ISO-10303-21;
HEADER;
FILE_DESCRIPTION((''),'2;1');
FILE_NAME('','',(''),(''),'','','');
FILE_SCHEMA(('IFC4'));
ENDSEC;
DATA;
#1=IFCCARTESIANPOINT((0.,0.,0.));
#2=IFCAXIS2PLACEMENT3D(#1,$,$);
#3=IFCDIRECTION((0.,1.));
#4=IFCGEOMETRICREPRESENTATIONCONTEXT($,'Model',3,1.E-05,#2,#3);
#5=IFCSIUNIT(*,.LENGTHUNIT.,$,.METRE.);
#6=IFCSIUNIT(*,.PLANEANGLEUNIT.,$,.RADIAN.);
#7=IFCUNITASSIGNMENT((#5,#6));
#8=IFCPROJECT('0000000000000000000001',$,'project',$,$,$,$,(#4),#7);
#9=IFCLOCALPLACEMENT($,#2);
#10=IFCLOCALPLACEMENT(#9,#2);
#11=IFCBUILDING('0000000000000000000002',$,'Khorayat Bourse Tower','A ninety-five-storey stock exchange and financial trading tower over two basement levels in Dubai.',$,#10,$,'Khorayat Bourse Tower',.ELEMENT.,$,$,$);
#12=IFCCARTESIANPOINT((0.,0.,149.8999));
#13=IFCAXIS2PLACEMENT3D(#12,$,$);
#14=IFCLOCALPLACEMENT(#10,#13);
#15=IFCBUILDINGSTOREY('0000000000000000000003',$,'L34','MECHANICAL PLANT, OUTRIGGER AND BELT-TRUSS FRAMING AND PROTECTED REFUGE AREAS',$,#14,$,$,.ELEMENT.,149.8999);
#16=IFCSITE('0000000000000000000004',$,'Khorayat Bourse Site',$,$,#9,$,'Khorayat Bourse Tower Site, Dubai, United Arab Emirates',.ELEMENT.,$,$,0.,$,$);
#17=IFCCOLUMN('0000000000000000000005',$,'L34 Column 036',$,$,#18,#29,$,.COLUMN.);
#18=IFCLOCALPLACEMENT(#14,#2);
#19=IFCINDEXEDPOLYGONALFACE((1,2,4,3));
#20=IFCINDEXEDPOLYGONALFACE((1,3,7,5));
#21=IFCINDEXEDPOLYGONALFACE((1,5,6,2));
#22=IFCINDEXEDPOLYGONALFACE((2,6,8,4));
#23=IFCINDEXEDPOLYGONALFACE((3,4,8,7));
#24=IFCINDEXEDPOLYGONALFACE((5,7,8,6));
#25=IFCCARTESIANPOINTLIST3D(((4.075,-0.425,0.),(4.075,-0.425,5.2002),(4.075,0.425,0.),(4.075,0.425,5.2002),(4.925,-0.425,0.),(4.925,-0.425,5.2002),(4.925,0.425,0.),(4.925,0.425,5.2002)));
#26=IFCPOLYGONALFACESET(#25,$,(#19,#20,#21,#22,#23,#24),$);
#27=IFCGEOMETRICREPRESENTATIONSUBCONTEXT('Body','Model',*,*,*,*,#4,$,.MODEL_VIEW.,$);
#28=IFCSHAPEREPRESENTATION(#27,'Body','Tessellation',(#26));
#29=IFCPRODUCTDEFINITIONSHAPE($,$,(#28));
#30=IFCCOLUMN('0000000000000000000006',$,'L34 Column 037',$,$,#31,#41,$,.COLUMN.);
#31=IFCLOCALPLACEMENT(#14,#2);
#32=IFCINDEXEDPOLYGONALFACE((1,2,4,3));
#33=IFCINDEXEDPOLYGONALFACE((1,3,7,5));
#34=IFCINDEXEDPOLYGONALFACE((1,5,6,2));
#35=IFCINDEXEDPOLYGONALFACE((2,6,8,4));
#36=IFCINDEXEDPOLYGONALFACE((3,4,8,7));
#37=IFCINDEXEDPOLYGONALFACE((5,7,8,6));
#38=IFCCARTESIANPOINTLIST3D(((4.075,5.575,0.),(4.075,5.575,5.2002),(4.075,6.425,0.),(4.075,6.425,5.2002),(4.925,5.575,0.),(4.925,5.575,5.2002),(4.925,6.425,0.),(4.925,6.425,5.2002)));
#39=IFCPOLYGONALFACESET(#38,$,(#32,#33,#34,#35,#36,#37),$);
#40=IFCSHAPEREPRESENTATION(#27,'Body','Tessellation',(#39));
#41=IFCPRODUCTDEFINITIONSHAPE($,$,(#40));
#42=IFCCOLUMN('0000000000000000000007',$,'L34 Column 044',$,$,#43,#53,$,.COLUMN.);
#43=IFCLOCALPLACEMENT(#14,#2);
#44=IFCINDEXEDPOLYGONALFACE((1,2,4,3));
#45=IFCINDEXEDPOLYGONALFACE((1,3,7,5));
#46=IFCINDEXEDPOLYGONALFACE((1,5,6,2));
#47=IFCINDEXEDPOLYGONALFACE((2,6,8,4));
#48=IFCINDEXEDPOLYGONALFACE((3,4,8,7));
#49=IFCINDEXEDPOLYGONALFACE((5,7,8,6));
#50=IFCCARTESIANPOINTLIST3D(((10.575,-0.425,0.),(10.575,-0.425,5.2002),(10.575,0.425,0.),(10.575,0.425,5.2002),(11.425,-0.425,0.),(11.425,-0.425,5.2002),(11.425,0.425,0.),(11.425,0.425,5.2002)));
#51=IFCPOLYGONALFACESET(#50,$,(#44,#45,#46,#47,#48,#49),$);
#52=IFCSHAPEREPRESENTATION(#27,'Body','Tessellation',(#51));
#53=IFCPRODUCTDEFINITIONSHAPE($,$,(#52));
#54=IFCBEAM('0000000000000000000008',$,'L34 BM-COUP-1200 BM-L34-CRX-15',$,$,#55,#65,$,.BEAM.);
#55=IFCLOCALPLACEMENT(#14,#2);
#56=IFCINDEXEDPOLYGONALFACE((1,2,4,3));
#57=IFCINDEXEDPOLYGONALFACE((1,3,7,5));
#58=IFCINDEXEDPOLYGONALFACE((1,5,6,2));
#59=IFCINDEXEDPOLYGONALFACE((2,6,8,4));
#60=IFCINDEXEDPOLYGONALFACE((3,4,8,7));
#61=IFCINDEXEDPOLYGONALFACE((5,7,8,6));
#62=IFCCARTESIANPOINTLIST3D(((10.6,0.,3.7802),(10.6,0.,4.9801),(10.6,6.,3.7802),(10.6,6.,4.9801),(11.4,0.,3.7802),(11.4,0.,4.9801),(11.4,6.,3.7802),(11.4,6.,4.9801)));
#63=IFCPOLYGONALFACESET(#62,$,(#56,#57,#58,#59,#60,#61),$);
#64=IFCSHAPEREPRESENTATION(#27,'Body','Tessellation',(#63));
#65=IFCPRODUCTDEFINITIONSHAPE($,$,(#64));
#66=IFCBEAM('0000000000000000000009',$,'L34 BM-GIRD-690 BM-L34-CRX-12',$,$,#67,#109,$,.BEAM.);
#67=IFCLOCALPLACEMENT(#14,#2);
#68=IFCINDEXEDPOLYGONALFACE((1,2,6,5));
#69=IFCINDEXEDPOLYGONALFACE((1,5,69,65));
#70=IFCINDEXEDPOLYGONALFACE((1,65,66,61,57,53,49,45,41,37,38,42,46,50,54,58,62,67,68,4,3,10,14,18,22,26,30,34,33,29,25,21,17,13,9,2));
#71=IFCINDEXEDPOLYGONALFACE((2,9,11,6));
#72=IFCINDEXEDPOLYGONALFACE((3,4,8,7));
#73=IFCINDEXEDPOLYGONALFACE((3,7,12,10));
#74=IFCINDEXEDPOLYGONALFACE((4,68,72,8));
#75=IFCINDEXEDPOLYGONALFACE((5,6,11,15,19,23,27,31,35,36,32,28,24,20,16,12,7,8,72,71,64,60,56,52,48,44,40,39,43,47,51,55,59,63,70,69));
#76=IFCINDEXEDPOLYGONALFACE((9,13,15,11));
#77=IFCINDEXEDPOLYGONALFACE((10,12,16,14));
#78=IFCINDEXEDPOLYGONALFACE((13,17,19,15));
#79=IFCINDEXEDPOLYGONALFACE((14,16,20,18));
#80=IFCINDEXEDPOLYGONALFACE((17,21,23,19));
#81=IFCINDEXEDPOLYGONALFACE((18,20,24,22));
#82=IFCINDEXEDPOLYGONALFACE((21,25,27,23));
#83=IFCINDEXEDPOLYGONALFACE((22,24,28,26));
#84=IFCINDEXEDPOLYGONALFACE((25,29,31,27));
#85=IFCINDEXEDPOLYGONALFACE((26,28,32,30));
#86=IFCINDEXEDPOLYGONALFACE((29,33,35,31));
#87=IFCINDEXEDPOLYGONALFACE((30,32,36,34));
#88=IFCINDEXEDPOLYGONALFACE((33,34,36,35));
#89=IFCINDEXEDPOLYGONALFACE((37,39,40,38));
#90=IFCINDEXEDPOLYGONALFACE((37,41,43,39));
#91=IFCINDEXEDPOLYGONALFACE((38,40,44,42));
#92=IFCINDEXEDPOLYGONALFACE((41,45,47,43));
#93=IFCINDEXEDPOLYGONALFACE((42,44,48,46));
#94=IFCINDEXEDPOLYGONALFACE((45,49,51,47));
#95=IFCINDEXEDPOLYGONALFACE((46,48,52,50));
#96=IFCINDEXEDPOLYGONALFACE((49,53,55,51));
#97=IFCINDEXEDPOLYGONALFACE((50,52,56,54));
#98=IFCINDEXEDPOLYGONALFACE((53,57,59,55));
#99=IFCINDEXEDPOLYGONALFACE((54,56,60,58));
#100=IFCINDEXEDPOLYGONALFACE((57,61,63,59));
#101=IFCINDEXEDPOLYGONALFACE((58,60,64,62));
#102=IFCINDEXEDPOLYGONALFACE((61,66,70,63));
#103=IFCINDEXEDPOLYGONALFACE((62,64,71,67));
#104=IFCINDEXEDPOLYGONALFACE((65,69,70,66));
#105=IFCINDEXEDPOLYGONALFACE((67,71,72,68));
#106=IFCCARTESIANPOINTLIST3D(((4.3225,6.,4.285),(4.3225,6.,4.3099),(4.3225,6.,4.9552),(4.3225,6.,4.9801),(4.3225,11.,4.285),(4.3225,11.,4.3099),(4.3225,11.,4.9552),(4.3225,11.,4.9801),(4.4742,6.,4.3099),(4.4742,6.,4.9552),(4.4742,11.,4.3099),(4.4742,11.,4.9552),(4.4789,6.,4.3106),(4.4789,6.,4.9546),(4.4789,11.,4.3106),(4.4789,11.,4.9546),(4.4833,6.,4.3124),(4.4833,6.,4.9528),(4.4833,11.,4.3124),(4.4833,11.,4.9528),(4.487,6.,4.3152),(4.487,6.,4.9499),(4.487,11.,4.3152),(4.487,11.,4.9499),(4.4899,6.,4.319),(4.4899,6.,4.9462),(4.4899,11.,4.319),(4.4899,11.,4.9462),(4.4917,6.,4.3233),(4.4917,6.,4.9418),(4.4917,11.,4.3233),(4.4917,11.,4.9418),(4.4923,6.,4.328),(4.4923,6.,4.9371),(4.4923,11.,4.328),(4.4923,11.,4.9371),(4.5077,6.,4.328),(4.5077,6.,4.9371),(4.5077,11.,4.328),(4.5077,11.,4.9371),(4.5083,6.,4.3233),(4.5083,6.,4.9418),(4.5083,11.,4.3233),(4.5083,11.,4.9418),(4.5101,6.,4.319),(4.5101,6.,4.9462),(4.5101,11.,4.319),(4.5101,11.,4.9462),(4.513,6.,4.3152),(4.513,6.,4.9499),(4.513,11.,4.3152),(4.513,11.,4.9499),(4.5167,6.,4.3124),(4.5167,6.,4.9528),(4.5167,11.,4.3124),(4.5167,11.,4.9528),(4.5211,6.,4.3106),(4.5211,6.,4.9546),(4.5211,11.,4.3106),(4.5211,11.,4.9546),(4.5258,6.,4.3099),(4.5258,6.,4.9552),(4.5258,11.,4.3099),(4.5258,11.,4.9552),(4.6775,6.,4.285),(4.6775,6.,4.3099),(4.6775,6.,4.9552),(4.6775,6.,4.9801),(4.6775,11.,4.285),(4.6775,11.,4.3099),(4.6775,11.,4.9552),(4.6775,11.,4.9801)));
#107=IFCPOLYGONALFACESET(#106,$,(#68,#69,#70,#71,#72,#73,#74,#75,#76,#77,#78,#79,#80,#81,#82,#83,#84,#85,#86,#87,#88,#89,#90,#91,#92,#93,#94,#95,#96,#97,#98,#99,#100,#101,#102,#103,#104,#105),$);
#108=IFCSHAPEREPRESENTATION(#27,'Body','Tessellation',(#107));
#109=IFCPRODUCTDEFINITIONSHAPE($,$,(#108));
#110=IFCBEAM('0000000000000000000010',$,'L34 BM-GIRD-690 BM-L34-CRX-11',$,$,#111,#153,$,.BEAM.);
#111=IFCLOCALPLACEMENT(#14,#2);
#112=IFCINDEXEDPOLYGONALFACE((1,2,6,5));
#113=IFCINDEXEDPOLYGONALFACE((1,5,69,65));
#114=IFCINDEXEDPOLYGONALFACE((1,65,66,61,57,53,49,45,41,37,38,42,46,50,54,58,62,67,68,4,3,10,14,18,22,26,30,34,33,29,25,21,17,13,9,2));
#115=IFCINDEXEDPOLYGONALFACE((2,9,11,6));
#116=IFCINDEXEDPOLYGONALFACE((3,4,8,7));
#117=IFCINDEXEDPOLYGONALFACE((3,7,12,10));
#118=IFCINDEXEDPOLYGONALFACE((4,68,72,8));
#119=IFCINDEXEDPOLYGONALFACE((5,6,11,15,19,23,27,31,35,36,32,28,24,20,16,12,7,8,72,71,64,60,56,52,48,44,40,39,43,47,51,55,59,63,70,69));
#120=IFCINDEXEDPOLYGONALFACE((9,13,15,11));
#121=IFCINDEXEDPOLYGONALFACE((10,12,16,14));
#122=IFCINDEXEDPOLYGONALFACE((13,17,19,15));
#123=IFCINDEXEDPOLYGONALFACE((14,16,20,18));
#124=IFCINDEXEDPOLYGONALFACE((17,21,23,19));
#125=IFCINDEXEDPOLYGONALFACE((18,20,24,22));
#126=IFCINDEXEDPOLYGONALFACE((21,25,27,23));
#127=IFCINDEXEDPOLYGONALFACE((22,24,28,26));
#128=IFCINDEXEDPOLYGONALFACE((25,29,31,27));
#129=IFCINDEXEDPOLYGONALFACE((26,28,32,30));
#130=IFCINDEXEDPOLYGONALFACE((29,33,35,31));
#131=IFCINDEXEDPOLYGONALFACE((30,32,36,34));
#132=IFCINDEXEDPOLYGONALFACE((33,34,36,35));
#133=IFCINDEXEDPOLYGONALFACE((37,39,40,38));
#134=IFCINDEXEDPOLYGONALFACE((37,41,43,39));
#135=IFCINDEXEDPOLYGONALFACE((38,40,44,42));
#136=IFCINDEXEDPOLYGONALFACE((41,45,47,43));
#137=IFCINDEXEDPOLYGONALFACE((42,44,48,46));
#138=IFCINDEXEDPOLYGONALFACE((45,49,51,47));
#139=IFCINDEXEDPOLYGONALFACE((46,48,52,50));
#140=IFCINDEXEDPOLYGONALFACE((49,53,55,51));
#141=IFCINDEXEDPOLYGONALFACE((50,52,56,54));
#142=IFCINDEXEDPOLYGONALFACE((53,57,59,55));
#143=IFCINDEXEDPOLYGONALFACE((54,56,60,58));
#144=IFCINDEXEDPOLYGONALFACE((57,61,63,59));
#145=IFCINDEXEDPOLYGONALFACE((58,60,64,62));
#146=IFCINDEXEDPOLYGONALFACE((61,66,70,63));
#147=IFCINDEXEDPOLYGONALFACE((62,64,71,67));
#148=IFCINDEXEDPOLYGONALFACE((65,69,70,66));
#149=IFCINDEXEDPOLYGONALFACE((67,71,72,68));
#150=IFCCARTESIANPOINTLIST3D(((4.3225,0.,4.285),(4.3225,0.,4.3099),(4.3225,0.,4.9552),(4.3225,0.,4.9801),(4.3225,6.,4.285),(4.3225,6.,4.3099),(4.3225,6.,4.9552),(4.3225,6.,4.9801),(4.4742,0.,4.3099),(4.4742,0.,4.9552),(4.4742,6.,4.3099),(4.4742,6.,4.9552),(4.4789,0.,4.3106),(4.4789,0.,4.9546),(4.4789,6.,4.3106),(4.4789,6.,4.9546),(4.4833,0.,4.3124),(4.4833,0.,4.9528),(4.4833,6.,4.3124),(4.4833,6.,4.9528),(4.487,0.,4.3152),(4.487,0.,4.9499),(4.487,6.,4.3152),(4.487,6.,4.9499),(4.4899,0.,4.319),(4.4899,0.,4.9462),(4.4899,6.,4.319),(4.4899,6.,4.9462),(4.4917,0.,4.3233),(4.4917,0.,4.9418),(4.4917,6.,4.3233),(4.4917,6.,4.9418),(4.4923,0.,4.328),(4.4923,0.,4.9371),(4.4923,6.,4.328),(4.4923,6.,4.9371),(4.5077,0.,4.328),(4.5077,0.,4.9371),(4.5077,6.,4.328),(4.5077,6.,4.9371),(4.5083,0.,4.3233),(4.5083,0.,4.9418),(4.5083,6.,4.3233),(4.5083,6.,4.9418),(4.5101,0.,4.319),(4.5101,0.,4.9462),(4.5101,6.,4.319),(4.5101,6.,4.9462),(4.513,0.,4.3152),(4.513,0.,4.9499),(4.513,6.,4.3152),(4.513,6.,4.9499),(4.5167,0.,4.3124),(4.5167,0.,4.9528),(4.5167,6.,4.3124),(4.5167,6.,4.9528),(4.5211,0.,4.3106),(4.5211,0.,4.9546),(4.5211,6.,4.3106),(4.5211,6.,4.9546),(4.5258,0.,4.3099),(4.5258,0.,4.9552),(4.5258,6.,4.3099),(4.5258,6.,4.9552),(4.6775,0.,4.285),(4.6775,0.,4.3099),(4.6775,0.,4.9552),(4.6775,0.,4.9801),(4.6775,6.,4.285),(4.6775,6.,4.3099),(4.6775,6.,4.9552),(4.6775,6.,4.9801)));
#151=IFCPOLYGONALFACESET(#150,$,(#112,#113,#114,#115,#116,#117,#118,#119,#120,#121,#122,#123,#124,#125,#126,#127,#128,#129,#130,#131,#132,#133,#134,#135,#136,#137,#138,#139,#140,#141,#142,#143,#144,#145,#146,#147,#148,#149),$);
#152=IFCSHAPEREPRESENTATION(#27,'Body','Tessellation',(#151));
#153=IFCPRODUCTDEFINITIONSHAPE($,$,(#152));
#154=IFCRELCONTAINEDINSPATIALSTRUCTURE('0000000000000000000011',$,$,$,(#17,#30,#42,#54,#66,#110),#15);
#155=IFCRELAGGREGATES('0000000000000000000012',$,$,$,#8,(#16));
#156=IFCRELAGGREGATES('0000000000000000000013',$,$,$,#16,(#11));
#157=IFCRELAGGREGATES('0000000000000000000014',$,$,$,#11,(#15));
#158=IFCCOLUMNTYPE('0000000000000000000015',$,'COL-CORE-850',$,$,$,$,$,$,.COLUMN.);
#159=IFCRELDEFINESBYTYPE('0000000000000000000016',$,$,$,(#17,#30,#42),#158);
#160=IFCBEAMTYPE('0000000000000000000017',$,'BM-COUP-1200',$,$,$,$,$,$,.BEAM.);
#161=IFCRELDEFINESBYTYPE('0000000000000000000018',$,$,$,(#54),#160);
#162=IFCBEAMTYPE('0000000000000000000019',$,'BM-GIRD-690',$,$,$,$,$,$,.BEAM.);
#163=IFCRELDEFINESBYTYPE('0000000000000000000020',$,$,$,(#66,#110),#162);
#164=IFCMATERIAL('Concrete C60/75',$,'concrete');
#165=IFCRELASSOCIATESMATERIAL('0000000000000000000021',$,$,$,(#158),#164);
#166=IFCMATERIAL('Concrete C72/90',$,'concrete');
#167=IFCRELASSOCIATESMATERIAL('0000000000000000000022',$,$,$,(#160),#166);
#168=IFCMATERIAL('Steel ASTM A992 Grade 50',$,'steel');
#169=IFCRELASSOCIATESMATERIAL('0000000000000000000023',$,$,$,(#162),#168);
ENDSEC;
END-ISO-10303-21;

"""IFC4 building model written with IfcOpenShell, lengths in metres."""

from ifc_helpers import new_model, si_unit, direction, frame, origin, origin_2d, place, context, subcontext, project, spatial, rectangle, i_section, extrude, source, transform, mapped, material, material_profile, profile_set, type_object, element, save


model = new_model("IFC4")

# Units and contexts
model_context = context("Model", 3, precision=1e-05, world=origin(), true_north=direction((0.0, 1.0)))
body_context = subcontext(model_context, "Body", "Model", "MODEL_VIEW")
ifc_project = project(units=[si_unit("LENGTHUNIT", "METRE"), si_unit("PLANEANGLEUNIT", "RADIAN")], contexts=[model_context])

# Site, building, storey
site_placement = place(None, origin())
site = spatial("IfcSite", under=ifc_project, at=site_placement, Name="Khorayat Bourse Site", LongName="Khorayat Bourse Tower Site, Dubai, United Arab Emirates", CompositionType="ELEMENT", RefElevation=0.0)
building_placement = place(site_placement, origin())
building = spatial("IfcBuilding", under=site, at=building_placement, Name="Khorayat Bourse Tower", Description="A ninety-five-storey stock exchange and financial trading tower over two basement levels in Dubai.", LongName="Khorayat Bourse Tower", CompositionType="ELEMENT")
storey_placement = place(building_placement, frame((0.0, 0.0, 149.8999)))
storey = spatial("IfcBuildingStorey", under=building, at=storey_placement, Name="L34", Description="MECHANICAL PLANT, OUTRIGGER AND BELT-TRUSS FRAMING AND PROTECTED REFUGE AREAS", CompositionType="ELEMENT", Elevation=149.8999)

# Columns
ifc_material_1 = material(Name="Concrete C60/75", Category="concrete")
ifc_material_profile_1 = material_profile(ifc_material_1, rectangle(XDim=0.8501, YDim=0.8501, at=origin_2d()), Name="RC 850x850")
ifc_profile_set_1 = profile_set([ifc_material_profile_1], Name="Concrete C60/75")
column_type = type_object("IfcColumnType", Name="COL-CORE-850", PredefinedType="COLUMN", material=ifc_profile_set_1)
shared_shape_1 = source(origin(), body_context, "Body", "SweptSolid", [
    extrude(rectangle(XDim=0.8501, YDim=0.8501, at=origin_2d()), origin(), (0.0, 0.0, 1.0), 5.2002),
])
for number, where, z_axis, x_axis, name in (
    (1, (4.5, 0.0, 0.0), (0.0, 0.0, 1.0), (1.0, 0.0, 0.0), "L34 Column 036"),
    (2, (4.5, 6.0, 0.0), (0.0, 0.0, 1.0), (1.0, 0.0, 0.0), "L34 Column 037"),
    (3, (11.0, 0.0, 0.0), (0.0, 0.0, 1.0), (1.0, 0.0, 0.0), "L34 Column 044"),
):
    element("IfcColumn", number, at=place(storey_placement, frame(where, z_axis=z_axis, x_axis=x_axis)), inside=storey, type_object=column_type, Name=name, PredefinedType="COLUMN", context=body_context, shape_type="MappedRepresentation", body=[
        mapped(shared_shape_1, transform((0.0, 0.0, 0.0), scale=1.0)),
    ])

# Beams
ifc_material_2 = material(Name="Concrete C72/90", Category="concrete")
ifc_material_profile_2 = material_profile(ifc_material_2, rectangle(XDim=0.8, YDim=1.2, at=origin_2d()), Name="RC 800x1200")
ifc_profile_set_2 = profile_set([ifc_material_profile_2], Name="Concrete C72/90")
beam_type_1 = type_object("IfcBeamType", Name="BM-COUP-1200", PredefinedType="BEAM", material=ifc_profile_set_2)
shared_shape_2 = source(origin(), body_context, "Body", "SweptSolid", [
    extrude(rectangle(XDim=0.8, YDim=1.2, at=origin_2d()), origin(), (0.0, 0.0, 1.0), 6.0),
])
beam_1_placement = place(storey_placement, frame((11.0, 0.0, 4.3801), z_axis=(0.0, 1.0, 0.0), x_axis=(-1.0, 0.0, 0.0)))
element("IfcBeam", 4, at=beam_1_placement, inside=storey, type_object=beam_type_1, Name="L34 BM-COUP-1200 BM-L34-CRX-15", PredefinedType="BEAM", context=body_context, shape_type="MappedRepresentation", body=[
    mapped(shared_shape_2, transform((0.0, 0.0, 0.0), scale=1.0)),
])
ifc_material_3 = material(Name="Steel ASTM A992 Grade 50", Category="steel")
ifc_material_profile_3 = material_profile(ifc_material_3, i_section(OverallWidth=0.355, OverallDepth=0.6951, WebThickness=0.0154, FlangeThickness=0.0249, FilletRadius=0.0181, at=origin_2d()), Name="W690X217")
ifc_profile_set_3 = profile_set([ifc_material_profile_3], Name="Steel ASTM A992 Grade 50")
beam_type_2 = type_object("IfcBeamType", Name="BM-GIRD-690", PredefinedType="BEAM", material=ifc_profile_set_3)
shared_shape_3 = source(origin(), body_context, "Body", "SweptSolid", [
    extrude(i_section(OverallWidth=0.355, OverallDepth=0.6951, WebThickness=0.0154, FlangeThickness=0.0249, FilletRadius=0.0181, at=origin_2d()), origin(), (0.0, 0.0, 1.0), 5.0),
])
beam_2_placement = place(storey_placement, frame((4.5, 6.0, 4.6326), z_axis=(0.0, 1.0, 0.0), x_axis=(-1.0, 0.0, 0.0)))
element("IfcBeam", 5, at=beam_2_placement, inside=storey, type_object=beam_type_2, Name="L34 BM-GIRD-690 BM-L34-CRX-12", PredefinedType="BEAM", context=body_context, shape_type="MappedRepresentation", body=[
    mapped(shared_shape_3, transform((0.0, 0.0, 0.0), scale=1.0)),
])
shared_shape_4 = source(origin(), body_context, "Body", "SweptSolid", [
    extrude(i_section(OverallWidth=0.355, OverallDepth=0.6951, WebThickness=0.0154, FlangeThickness=0.0249, FilletRadius=0.0181, at=origin_2d()), origin(), (0.0, 0.0, 1.0), 6.0),
])
beam_3_placement = place(storey_placement, frame((4.5, 0.0, 4.6326), z_axis=(0.0, 1.0, 0.0), x_axis=(-1.0, 0.0, 0.0)))
element("IfcBeam", 6, at=beam_3_placement, inside=storey, type_object=beam_type_2, Name="L34 BM-GIRD-690 BM-L34-CRX-11", PredefinedType="BEAM", context=body_context, shape_type="MappedRepresentation", body=[
    mapped(shared_shape_4, transform((0.0, 0.0, 0.0), scale=1.0)),
])

save(model, "model.ifc")
